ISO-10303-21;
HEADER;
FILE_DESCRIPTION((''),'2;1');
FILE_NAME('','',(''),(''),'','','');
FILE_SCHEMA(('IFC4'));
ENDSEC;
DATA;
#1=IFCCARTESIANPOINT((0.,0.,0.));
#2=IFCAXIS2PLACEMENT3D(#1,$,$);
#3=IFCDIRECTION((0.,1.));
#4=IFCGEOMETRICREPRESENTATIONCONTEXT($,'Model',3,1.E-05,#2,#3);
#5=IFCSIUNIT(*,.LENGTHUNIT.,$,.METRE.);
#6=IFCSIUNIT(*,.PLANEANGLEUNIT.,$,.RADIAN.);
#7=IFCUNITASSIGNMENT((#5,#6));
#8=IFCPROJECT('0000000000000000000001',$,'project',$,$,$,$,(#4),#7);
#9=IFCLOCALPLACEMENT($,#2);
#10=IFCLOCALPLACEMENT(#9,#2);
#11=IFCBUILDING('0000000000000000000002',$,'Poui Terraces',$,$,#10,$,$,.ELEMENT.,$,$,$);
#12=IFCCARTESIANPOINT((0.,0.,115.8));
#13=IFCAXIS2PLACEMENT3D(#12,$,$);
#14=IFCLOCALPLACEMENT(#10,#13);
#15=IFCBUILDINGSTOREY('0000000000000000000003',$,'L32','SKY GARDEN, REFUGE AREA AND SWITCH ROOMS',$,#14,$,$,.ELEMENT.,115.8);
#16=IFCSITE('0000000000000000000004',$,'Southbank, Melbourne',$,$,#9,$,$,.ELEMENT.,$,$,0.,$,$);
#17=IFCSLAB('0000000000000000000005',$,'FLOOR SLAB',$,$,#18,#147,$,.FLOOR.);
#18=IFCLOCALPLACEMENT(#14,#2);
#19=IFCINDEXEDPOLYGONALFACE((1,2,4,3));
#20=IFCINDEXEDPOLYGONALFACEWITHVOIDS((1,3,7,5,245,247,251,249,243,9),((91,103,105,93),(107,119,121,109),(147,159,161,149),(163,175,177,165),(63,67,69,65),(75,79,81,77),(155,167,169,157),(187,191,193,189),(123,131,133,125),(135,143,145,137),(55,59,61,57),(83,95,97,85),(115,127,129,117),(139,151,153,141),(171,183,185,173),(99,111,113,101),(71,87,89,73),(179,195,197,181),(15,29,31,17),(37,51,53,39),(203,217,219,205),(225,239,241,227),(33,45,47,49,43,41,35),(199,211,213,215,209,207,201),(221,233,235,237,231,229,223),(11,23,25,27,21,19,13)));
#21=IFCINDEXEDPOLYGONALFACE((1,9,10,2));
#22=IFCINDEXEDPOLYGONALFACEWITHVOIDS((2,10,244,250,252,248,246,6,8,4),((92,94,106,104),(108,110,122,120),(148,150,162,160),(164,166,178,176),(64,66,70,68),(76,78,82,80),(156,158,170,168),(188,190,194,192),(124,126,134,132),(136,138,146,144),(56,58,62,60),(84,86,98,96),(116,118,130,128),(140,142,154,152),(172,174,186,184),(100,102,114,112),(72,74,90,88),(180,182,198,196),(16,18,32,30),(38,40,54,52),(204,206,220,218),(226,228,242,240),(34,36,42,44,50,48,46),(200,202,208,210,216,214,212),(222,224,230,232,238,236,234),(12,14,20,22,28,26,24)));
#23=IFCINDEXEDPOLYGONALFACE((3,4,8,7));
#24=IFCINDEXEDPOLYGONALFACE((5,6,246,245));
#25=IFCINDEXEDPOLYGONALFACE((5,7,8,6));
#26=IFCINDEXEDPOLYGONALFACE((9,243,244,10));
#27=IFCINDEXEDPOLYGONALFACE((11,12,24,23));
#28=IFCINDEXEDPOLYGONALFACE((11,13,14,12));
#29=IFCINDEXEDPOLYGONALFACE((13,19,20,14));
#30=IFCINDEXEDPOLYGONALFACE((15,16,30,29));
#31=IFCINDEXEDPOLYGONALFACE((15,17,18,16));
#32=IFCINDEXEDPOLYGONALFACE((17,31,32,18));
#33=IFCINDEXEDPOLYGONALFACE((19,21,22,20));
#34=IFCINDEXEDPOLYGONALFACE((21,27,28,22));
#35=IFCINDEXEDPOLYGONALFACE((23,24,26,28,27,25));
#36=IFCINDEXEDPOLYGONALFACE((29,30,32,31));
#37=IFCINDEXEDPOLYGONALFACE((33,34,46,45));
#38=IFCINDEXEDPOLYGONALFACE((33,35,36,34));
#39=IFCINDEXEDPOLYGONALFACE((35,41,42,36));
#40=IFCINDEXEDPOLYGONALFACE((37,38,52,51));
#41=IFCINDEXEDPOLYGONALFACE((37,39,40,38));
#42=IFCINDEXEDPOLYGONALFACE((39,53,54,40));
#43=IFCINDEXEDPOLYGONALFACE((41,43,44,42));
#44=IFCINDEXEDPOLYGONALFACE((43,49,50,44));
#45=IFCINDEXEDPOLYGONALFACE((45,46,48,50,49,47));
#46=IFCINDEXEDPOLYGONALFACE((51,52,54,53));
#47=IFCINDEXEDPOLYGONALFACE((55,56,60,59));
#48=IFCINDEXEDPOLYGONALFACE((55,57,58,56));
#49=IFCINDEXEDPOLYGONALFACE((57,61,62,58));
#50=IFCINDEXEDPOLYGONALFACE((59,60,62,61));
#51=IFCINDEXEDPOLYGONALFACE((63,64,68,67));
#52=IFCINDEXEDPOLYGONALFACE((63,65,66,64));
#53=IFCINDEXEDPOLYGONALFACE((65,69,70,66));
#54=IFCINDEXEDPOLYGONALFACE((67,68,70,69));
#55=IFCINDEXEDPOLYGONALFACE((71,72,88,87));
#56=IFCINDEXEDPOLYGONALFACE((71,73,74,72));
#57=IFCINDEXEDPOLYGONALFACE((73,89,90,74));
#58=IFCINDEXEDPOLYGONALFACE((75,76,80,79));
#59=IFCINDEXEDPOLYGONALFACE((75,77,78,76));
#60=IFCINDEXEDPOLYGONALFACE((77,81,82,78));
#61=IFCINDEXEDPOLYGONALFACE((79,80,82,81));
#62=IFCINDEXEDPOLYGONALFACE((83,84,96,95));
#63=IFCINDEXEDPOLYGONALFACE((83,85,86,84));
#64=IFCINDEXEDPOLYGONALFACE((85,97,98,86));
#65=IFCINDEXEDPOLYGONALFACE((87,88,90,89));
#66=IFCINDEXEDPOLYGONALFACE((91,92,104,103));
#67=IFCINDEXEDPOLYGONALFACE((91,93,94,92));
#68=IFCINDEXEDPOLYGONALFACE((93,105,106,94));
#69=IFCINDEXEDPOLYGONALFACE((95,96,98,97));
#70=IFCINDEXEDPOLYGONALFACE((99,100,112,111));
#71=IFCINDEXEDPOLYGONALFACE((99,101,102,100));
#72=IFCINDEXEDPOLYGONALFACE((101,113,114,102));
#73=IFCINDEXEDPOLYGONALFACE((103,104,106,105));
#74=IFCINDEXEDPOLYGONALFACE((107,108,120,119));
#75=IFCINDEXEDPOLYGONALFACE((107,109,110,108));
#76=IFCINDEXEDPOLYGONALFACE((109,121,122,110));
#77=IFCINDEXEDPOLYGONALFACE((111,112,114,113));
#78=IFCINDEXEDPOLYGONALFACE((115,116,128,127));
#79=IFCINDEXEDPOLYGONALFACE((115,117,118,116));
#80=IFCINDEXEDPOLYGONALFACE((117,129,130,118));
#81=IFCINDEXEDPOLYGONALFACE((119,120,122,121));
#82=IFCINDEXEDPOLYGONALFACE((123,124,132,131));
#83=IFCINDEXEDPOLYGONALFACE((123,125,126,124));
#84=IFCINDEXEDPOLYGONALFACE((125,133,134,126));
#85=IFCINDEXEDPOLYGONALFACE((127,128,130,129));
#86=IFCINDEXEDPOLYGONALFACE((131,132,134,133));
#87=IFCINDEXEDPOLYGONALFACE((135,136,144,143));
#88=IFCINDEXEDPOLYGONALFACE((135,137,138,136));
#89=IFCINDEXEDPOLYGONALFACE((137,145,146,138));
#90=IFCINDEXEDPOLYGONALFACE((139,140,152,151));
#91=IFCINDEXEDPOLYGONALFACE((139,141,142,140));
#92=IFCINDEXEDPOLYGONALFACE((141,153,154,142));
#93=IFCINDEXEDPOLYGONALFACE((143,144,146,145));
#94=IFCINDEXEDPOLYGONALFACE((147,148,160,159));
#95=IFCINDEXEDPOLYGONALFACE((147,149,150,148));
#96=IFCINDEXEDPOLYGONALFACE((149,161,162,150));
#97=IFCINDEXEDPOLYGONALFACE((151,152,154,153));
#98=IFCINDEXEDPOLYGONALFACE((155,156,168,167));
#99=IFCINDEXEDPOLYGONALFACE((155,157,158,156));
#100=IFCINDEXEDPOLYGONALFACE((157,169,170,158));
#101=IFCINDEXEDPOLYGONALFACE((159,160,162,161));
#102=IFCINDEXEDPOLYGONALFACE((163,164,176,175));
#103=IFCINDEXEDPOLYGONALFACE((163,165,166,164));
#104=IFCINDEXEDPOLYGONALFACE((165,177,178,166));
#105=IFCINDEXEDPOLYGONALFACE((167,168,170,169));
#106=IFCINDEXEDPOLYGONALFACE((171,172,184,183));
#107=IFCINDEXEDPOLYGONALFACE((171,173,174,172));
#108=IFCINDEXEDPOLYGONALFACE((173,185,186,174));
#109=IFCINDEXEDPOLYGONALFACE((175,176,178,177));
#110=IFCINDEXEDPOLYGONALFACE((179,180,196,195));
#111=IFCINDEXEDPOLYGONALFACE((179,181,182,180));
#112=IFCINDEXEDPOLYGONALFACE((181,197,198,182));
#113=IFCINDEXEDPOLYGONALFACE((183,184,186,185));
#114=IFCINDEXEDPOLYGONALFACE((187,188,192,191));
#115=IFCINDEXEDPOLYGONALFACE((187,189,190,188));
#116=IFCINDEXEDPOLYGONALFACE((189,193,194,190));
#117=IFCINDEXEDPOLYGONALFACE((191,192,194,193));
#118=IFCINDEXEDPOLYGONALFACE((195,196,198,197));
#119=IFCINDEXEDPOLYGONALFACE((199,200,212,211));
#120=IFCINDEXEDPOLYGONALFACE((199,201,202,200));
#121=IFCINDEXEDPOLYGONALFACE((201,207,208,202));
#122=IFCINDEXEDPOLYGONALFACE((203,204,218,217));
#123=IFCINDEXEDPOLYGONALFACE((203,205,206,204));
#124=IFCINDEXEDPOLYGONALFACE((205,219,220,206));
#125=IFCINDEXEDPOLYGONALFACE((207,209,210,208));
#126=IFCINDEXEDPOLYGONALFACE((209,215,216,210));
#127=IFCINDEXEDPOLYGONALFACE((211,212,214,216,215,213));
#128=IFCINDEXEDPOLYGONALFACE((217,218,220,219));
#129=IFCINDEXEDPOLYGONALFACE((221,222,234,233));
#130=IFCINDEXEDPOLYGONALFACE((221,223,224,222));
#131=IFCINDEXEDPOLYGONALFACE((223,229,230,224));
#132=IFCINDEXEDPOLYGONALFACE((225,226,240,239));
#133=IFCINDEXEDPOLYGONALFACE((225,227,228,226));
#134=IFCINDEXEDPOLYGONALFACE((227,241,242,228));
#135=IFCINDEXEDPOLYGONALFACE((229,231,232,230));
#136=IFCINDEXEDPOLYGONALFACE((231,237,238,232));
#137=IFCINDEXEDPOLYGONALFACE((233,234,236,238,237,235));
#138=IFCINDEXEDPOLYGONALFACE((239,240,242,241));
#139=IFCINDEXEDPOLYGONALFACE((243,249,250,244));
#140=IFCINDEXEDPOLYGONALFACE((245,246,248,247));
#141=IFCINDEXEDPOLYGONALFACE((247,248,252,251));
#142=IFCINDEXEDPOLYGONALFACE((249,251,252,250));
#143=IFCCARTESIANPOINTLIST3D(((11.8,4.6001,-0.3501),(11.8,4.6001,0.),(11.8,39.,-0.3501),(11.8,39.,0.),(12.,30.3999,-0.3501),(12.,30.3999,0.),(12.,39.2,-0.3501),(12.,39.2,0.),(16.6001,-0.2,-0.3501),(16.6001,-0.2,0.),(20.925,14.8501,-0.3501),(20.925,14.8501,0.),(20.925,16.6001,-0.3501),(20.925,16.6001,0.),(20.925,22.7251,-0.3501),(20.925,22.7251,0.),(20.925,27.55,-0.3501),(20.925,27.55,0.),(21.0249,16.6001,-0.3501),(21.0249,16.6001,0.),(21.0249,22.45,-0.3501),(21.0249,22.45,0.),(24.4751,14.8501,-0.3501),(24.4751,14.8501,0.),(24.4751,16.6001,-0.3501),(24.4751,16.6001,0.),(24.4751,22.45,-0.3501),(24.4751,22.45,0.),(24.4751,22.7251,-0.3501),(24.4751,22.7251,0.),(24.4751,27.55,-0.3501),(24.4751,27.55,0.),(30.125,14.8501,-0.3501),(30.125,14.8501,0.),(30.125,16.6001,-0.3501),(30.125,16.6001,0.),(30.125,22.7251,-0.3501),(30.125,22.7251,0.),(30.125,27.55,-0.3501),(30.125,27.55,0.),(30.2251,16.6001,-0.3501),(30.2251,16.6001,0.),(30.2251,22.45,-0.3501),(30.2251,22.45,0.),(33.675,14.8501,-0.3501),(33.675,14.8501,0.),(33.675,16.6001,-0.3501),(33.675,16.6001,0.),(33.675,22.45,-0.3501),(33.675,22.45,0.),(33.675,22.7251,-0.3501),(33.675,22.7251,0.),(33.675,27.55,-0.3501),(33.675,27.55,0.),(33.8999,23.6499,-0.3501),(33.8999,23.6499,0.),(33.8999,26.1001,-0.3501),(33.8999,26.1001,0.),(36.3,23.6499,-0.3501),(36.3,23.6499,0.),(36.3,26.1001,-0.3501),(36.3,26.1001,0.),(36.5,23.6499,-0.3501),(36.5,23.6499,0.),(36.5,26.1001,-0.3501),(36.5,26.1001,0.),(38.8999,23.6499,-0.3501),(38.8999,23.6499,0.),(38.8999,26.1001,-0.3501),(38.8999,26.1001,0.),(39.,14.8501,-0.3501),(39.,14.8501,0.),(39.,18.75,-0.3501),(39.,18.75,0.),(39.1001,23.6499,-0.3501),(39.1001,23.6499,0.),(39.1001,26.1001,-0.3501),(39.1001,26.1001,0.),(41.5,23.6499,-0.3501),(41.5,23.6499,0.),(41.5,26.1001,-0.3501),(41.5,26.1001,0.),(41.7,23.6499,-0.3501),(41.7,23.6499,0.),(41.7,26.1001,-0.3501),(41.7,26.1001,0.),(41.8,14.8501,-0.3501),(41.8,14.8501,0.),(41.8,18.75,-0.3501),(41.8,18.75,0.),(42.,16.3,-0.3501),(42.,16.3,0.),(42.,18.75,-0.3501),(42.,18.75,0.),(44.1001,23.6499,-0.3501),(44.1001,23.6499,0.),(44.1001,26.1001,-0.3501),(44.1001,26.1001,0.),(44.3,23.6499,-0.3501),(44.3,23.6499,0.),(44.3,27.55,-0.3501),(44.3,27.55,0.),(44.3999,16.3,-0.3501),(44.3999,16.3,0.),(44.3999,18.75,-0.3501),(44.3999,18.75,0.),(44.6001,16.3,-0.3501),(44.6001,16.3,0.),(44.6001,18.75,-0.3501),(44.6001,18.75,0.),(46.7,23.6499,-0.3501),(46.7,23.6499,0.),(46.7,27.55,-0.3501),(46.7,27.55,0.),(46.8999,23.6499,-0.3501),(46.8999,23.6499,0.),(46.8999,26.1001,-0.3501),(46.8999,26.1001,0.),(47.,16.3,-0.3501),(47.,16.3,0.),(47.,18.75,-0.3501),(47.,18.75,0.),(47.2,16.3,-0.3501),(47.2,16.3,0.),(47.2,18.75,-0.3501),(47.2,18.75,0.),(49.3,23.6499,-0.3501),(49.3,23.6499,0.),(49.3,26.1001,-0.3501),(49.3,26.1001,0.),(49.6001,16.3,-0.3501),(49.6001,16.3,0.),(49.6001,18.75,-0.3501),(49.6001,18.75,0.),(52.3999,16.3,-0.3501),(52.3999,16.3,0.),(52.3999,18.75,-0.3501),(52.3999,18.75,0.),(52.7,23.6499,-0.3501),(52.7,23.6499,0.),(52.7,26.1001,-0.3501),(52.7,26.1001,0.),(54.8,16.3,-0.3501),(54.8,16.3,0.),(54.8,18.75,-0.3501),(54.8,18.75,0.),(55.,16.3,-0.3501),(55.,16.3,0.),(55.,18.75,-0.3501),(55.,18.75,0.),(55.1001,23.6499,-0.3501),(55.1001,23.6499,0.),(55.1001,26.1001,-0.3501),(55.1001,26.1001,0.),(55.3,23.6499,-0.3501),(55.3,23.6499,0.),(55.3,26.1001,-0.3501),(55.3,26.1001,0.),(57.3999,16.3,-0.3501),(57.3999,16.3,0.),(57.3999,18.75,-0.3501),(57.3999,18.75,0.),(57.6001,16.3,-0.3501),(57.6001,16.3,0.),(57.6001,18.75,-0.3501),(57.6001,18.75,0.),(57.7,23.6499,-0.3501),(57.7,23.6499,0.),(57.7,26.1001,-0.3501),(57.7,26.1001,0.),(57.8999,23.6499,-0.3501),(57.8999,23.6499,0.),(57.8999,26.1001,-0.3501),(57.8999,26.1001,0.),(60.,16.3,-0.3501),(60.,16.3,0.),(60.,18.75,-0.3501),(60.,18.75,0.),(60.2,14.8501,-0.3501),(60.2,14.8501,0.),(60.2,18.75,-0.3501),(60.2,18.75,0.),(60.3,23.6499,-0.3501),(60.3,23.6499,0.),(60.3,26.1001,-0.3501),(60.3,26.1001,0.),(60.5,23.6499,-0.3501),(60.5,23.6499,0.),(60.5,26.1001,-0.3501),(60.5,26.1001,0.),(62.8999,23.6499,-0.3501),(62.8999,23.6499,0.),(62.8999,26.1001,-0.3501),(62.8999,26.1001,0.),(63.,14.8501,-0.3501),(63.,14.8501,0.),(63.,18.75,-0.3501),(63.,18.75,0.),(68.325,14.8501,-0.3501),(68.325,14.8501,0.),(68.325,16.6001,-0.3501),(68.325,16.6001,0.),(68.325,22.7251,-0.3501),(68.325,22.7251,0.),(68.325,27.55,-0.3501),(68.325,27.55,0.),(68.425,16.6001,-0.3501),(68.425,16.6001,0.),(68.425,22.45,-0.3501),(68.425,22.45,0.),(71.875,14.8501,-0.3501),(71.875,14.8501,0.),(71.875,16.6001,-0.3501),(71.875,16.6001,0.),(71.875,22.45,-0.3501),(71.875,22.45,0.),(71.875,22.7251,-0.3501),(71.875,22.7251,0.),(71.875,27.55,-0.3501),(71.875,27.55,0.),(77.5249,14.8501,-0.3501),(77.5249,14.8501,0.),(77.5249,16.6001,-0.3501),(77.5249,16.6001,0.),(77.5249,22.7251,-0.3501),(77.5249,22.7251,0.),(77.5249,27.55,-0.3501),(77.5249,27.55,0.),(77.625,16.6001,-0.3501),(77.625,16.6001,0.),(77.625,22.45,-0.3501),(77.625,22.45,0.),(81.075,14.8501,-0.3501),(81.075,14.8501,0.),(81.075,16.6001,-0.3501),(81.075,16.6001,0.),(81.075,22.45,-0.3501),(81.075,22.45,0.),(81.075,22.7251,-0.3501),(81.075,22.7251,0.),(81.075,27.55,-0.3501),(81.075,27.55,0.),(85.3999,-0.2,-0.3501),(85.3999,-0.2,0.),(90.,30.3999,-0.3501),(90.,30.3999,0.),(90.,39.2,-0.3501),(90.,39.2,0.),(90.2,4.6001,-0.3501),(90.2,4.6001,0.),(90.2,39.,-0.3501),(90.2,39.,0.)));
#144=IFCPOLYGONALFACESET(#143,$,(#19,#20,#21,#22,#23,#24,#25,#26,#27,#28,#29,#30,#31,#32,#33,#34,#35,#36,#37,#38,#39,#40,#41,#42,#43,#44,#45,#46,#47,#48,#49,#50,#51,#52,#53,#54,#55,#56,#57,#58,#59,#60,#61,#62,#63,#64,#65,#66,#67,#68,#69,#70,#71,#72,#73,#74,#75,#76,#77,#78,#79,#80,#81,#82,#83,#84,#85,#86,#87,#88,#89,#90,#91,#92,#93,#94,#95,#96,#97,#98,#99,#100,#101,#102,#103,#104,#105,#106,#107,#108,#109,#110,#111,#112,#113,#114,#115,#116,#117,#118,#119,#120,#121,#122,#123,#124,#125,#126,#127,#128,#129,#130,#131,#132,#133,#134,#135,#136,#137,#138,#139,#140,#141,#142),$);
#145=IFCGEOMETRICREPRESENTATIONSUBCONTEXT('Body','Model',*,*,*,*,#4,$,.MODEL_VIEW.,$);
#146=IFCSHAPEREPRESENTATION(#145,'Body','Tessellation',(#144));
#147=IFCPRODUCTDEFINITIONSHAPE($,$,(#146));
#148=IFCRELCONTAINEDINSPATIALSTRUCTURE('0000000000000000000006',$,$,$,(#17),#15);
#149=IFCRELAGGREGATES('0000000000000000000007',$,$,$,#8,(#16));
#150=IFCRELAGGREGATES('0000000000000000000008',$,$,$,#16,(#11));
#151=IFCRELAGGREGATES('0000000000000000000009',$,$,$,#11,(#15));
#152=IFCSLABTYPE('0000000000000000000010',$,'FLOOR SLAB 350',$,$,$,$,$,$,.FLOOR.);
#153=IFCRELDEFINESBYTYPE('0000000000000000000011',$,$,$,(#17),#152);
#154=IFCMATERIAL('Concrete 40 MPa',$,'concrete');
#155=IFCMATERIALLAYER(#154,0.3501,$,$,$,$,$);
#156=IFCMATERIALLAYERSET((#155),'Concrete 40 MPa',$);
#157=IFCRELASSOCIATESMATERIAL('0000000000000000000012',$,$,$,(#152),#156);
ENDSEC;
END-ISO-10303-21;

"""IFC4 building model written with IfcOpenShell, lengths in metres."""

from ifc_helpers import new_model, si_unit, direction, frame, origin, place, context, subcontext, project, spatial, polyline, outline, extrude, source, transform, mapped, material, layer, layer_set, type_object, element, save


model = new_model("IFC4")

# Units and contexts
model_context = context("Model", 3, precision=1e-05, world=origin(), true_north=direction((0.0, 1.0)))
body_context = subcontext(model_context, "Body", "Model", "MODEL_VIEW")
ifc_project = project(units=[si_unit("LENGTHUNIT", "METRE"), si_unit("PLANEANGLEUNIT", "RADIAN")], contexts=[model_context])

# Site, building, storey
site_placement = place(None, origin())
site = spatial("IfcSite", under=ifc_project, at=site_placement, Name="Southbank, Melbourne", CompositionType="ELEMENT", RefElevation=0.0)
building_placement = place(site_placement, origin())
building = spatial("IfcBuilding", under=site, at=building_placement, Name="Poui Terraces", CompositionType="ELEMENT")
storey_placement = place(building_placement, frame((0.0, 0.0, 115.8)))
storey = spatial("IfcBuildingStorey", under=building, at=storey_placement, Name="L32", Description="SKY GARDEN, REFUGE AREA AND SWITCH ROOMS", CompositionType="ELEMENT", Elevation=115.8)

# Slab
ifc_material_1 = material(Name="Concrete 40 MPa", Category="concrete")
ifc_layer_1 = layer(ifc_material_1, 0.3501)
ifc_layer_set_1 = layer_set([ifc_layer_1], Name="Concrete 40 MPa")
slab_type = type_object("IfcSlabType", Name="FLOOR SLAB 350", PredefinedType="FLOOR", material=ifc_layer_set_1)
shared_shape = source(origin(), body_context, "Body", "SweptSolid", [
    extrude(outline(polyline([(0.0, 0.0), (0.0, 34.3999), (-0.2, 34.5999), (-0.2, 25.7998), (-78.2, 25.7998), (-78.2, 34.5999), (-78.3999, 34.3999), (-78.3999, 0.0), (-73.5999, -4.8), (-4.8, -4.8), (0.0, 0.0)]), holes=[polyline([(-51.2, 10.25), (-51.2, 14.1499), (-48.3999, 14.1499), (-48.3999, 10.25), (-51.2, 10.25)]), polyline([(-48.2, 14.1499), (-45.8, 14.1499), (-45.8, 11.7), (-48.2, 11.7), (-48.2, 14.1499)]), polyline([(-45.5999, 14.1499), (-43.2, 14.1499), (-43.2, 11.7), (-45.5999, 11.7), (-45.5999, 14.1499)]), polyline([(-69.175, 17.8499), (-65.7249, 17.8499), (-65.7249, 12.0), (-65.7249, 10.25), (-69.2749, 10.25), (-69.2749, 12.0), (-69.175, 12.0), (-69.175, 17.8499)]), polyline([(-56.5249, 17.8499), (-56.5249, 12.0), (-56.5249, 10.25), (-60.075, 10.25), (-60.075, 12.0), (-59.9749, 12.0), (-59.9749, 17.8499), (-56.5249, 17.8499)]), polyline([(-56.3, 21.5), (-53.8999, 21.5), (-53.8999, 19.0498), (-56.3, 19.0498), (-56.3, 21.5)]), polyline([(-53.7, 19.0498), (-53.7, 21.5), (-51.3, 21.5), (-51.3, 19.0498), (-53.7, 19.0498)]), polyline([(-51.0999, 21.5), (-48.7, 21.5), (-48.7, 19.0498), (-51.0999, 19.0498), (-51.0999, 21.5)]), polyline([(-48.5, 21.5), (-46.0999, 21.5), (-46.0999, 19.0498), (-48.5, 19.0498), (-48.5, 21.5)]), polyline([(-43.3, 21.5), (-40.8999, 21.5), (-40.8999, 19.0498), (-43.3, 19.0498), (-43.3, 21.5)]), polyline([(-69.2749, 22.95), (-65.7249, 22.95), (-65.7249, 18.125), (-69.2749, 18.125), (-69.2749, 22.95)]), polyline([(-60.075, 22.95), (-56.5249, 22.95), (-56.5249, 18.125), (-60.075, 18.125), (-60.075, 22.95)]), polyline([(-45.8999, 22.95), (-43.5, 22.95), (-43.5, 19.0498), (-45.8999, 19.0498), (-45.8999, 22.95)]), polyline([(-30.0, 10.25), (-30.0, 14.1499), (-27.2, 14.1499), (-27.2, 10.25), (-30.0, 10.25)]), polyline([(-43.0, 14.1499), (-40.5999, 14.1499), (-40.5999, 11.7), (-43.0, 11.7), (-43.0, 14.1499)]), polyline([(-37.8, 14.1499), (-35.3999, 14.1499), (-35.3999, 11.7), (-37.8, 11.7), (-37.8, 14.1499)]), polyline([(-35.2, 11.7), (-35.2, 14.1499), (-32.8, 14.1499), (-32.8, 11.7), (-35.2, 11.7)]), polyline([(-32.5999, 14.1499), (-30.2, 14.1499), (-30.2, 11.7), (-32.5999, 11.7), (-32.5999, 14.1499)]), polyline([(-18.325, 17.8499), (-18.325, 12.0), (-18.325, 10.25), (-21.875, 10.25), (-21.875, 12.0), (-21.7749, 12.0), (-21.7749, 17.8499), (-18.325, 17.8499)]), polyline([(-12.575, 17.8499), (-9.125, 17.8499), (-9.125, 12.0), (-9.125, 10.25), (-12.675, 10.25), (-12.675, 12.0), (-12.575, 12.0), (-12.575, 17.8499)]), polyline([(-37.5, 21.5), (-35.0999, 21.5), (-35.0999, 19.0498), (-37.5, 19.0498), (-37.5, 21.5)]), polyline([(-34.8999, 21.5), (-32.5, 21.5), (-32.5, 19.0498), (-34.8999, 19.0498), (-34.8999, 21.5)]), polyline([(-32.3, 21.5), (-29.8999, 21.5), (-29.8999, 19.0498), (-32.3, 19.0498), (-32.3, 21.5)]), polyline([(-29.7, 21.5), (-27.3, 21.5), (-27.3, 19.0498), (-29.7, 19.0498), (-29.7, 21.5)]), polyline([(-21.875, 22.95), (-18.325, 22.95), (-18.325, 18.125), (-21.875, 18.125), (-21.875, 22.95)]), polyline([(-12.675, 22.95), (-9.125, 22.95), (-9.125, 18.125), (-12.675, 18.125), (-12.675, 22.95)])]), origin(), (0.0, 0.0, 1.0), 0.3501),
])
slab_placement = place(storey_placement, frame((90.2, 4.6001, -0.3501)))
element("IfcSlab", 1, at=slab_placement, inside=storey, type_object=slab_type, Name="FLOOR SLAB", PredefinedType="FLOOR", context=body_context, shape_type="MappedRepresentation", body=[
    mapped(shared_shape, transform((0.0, 0.0, 0.0))),
])

save(model, "model.ifc")
